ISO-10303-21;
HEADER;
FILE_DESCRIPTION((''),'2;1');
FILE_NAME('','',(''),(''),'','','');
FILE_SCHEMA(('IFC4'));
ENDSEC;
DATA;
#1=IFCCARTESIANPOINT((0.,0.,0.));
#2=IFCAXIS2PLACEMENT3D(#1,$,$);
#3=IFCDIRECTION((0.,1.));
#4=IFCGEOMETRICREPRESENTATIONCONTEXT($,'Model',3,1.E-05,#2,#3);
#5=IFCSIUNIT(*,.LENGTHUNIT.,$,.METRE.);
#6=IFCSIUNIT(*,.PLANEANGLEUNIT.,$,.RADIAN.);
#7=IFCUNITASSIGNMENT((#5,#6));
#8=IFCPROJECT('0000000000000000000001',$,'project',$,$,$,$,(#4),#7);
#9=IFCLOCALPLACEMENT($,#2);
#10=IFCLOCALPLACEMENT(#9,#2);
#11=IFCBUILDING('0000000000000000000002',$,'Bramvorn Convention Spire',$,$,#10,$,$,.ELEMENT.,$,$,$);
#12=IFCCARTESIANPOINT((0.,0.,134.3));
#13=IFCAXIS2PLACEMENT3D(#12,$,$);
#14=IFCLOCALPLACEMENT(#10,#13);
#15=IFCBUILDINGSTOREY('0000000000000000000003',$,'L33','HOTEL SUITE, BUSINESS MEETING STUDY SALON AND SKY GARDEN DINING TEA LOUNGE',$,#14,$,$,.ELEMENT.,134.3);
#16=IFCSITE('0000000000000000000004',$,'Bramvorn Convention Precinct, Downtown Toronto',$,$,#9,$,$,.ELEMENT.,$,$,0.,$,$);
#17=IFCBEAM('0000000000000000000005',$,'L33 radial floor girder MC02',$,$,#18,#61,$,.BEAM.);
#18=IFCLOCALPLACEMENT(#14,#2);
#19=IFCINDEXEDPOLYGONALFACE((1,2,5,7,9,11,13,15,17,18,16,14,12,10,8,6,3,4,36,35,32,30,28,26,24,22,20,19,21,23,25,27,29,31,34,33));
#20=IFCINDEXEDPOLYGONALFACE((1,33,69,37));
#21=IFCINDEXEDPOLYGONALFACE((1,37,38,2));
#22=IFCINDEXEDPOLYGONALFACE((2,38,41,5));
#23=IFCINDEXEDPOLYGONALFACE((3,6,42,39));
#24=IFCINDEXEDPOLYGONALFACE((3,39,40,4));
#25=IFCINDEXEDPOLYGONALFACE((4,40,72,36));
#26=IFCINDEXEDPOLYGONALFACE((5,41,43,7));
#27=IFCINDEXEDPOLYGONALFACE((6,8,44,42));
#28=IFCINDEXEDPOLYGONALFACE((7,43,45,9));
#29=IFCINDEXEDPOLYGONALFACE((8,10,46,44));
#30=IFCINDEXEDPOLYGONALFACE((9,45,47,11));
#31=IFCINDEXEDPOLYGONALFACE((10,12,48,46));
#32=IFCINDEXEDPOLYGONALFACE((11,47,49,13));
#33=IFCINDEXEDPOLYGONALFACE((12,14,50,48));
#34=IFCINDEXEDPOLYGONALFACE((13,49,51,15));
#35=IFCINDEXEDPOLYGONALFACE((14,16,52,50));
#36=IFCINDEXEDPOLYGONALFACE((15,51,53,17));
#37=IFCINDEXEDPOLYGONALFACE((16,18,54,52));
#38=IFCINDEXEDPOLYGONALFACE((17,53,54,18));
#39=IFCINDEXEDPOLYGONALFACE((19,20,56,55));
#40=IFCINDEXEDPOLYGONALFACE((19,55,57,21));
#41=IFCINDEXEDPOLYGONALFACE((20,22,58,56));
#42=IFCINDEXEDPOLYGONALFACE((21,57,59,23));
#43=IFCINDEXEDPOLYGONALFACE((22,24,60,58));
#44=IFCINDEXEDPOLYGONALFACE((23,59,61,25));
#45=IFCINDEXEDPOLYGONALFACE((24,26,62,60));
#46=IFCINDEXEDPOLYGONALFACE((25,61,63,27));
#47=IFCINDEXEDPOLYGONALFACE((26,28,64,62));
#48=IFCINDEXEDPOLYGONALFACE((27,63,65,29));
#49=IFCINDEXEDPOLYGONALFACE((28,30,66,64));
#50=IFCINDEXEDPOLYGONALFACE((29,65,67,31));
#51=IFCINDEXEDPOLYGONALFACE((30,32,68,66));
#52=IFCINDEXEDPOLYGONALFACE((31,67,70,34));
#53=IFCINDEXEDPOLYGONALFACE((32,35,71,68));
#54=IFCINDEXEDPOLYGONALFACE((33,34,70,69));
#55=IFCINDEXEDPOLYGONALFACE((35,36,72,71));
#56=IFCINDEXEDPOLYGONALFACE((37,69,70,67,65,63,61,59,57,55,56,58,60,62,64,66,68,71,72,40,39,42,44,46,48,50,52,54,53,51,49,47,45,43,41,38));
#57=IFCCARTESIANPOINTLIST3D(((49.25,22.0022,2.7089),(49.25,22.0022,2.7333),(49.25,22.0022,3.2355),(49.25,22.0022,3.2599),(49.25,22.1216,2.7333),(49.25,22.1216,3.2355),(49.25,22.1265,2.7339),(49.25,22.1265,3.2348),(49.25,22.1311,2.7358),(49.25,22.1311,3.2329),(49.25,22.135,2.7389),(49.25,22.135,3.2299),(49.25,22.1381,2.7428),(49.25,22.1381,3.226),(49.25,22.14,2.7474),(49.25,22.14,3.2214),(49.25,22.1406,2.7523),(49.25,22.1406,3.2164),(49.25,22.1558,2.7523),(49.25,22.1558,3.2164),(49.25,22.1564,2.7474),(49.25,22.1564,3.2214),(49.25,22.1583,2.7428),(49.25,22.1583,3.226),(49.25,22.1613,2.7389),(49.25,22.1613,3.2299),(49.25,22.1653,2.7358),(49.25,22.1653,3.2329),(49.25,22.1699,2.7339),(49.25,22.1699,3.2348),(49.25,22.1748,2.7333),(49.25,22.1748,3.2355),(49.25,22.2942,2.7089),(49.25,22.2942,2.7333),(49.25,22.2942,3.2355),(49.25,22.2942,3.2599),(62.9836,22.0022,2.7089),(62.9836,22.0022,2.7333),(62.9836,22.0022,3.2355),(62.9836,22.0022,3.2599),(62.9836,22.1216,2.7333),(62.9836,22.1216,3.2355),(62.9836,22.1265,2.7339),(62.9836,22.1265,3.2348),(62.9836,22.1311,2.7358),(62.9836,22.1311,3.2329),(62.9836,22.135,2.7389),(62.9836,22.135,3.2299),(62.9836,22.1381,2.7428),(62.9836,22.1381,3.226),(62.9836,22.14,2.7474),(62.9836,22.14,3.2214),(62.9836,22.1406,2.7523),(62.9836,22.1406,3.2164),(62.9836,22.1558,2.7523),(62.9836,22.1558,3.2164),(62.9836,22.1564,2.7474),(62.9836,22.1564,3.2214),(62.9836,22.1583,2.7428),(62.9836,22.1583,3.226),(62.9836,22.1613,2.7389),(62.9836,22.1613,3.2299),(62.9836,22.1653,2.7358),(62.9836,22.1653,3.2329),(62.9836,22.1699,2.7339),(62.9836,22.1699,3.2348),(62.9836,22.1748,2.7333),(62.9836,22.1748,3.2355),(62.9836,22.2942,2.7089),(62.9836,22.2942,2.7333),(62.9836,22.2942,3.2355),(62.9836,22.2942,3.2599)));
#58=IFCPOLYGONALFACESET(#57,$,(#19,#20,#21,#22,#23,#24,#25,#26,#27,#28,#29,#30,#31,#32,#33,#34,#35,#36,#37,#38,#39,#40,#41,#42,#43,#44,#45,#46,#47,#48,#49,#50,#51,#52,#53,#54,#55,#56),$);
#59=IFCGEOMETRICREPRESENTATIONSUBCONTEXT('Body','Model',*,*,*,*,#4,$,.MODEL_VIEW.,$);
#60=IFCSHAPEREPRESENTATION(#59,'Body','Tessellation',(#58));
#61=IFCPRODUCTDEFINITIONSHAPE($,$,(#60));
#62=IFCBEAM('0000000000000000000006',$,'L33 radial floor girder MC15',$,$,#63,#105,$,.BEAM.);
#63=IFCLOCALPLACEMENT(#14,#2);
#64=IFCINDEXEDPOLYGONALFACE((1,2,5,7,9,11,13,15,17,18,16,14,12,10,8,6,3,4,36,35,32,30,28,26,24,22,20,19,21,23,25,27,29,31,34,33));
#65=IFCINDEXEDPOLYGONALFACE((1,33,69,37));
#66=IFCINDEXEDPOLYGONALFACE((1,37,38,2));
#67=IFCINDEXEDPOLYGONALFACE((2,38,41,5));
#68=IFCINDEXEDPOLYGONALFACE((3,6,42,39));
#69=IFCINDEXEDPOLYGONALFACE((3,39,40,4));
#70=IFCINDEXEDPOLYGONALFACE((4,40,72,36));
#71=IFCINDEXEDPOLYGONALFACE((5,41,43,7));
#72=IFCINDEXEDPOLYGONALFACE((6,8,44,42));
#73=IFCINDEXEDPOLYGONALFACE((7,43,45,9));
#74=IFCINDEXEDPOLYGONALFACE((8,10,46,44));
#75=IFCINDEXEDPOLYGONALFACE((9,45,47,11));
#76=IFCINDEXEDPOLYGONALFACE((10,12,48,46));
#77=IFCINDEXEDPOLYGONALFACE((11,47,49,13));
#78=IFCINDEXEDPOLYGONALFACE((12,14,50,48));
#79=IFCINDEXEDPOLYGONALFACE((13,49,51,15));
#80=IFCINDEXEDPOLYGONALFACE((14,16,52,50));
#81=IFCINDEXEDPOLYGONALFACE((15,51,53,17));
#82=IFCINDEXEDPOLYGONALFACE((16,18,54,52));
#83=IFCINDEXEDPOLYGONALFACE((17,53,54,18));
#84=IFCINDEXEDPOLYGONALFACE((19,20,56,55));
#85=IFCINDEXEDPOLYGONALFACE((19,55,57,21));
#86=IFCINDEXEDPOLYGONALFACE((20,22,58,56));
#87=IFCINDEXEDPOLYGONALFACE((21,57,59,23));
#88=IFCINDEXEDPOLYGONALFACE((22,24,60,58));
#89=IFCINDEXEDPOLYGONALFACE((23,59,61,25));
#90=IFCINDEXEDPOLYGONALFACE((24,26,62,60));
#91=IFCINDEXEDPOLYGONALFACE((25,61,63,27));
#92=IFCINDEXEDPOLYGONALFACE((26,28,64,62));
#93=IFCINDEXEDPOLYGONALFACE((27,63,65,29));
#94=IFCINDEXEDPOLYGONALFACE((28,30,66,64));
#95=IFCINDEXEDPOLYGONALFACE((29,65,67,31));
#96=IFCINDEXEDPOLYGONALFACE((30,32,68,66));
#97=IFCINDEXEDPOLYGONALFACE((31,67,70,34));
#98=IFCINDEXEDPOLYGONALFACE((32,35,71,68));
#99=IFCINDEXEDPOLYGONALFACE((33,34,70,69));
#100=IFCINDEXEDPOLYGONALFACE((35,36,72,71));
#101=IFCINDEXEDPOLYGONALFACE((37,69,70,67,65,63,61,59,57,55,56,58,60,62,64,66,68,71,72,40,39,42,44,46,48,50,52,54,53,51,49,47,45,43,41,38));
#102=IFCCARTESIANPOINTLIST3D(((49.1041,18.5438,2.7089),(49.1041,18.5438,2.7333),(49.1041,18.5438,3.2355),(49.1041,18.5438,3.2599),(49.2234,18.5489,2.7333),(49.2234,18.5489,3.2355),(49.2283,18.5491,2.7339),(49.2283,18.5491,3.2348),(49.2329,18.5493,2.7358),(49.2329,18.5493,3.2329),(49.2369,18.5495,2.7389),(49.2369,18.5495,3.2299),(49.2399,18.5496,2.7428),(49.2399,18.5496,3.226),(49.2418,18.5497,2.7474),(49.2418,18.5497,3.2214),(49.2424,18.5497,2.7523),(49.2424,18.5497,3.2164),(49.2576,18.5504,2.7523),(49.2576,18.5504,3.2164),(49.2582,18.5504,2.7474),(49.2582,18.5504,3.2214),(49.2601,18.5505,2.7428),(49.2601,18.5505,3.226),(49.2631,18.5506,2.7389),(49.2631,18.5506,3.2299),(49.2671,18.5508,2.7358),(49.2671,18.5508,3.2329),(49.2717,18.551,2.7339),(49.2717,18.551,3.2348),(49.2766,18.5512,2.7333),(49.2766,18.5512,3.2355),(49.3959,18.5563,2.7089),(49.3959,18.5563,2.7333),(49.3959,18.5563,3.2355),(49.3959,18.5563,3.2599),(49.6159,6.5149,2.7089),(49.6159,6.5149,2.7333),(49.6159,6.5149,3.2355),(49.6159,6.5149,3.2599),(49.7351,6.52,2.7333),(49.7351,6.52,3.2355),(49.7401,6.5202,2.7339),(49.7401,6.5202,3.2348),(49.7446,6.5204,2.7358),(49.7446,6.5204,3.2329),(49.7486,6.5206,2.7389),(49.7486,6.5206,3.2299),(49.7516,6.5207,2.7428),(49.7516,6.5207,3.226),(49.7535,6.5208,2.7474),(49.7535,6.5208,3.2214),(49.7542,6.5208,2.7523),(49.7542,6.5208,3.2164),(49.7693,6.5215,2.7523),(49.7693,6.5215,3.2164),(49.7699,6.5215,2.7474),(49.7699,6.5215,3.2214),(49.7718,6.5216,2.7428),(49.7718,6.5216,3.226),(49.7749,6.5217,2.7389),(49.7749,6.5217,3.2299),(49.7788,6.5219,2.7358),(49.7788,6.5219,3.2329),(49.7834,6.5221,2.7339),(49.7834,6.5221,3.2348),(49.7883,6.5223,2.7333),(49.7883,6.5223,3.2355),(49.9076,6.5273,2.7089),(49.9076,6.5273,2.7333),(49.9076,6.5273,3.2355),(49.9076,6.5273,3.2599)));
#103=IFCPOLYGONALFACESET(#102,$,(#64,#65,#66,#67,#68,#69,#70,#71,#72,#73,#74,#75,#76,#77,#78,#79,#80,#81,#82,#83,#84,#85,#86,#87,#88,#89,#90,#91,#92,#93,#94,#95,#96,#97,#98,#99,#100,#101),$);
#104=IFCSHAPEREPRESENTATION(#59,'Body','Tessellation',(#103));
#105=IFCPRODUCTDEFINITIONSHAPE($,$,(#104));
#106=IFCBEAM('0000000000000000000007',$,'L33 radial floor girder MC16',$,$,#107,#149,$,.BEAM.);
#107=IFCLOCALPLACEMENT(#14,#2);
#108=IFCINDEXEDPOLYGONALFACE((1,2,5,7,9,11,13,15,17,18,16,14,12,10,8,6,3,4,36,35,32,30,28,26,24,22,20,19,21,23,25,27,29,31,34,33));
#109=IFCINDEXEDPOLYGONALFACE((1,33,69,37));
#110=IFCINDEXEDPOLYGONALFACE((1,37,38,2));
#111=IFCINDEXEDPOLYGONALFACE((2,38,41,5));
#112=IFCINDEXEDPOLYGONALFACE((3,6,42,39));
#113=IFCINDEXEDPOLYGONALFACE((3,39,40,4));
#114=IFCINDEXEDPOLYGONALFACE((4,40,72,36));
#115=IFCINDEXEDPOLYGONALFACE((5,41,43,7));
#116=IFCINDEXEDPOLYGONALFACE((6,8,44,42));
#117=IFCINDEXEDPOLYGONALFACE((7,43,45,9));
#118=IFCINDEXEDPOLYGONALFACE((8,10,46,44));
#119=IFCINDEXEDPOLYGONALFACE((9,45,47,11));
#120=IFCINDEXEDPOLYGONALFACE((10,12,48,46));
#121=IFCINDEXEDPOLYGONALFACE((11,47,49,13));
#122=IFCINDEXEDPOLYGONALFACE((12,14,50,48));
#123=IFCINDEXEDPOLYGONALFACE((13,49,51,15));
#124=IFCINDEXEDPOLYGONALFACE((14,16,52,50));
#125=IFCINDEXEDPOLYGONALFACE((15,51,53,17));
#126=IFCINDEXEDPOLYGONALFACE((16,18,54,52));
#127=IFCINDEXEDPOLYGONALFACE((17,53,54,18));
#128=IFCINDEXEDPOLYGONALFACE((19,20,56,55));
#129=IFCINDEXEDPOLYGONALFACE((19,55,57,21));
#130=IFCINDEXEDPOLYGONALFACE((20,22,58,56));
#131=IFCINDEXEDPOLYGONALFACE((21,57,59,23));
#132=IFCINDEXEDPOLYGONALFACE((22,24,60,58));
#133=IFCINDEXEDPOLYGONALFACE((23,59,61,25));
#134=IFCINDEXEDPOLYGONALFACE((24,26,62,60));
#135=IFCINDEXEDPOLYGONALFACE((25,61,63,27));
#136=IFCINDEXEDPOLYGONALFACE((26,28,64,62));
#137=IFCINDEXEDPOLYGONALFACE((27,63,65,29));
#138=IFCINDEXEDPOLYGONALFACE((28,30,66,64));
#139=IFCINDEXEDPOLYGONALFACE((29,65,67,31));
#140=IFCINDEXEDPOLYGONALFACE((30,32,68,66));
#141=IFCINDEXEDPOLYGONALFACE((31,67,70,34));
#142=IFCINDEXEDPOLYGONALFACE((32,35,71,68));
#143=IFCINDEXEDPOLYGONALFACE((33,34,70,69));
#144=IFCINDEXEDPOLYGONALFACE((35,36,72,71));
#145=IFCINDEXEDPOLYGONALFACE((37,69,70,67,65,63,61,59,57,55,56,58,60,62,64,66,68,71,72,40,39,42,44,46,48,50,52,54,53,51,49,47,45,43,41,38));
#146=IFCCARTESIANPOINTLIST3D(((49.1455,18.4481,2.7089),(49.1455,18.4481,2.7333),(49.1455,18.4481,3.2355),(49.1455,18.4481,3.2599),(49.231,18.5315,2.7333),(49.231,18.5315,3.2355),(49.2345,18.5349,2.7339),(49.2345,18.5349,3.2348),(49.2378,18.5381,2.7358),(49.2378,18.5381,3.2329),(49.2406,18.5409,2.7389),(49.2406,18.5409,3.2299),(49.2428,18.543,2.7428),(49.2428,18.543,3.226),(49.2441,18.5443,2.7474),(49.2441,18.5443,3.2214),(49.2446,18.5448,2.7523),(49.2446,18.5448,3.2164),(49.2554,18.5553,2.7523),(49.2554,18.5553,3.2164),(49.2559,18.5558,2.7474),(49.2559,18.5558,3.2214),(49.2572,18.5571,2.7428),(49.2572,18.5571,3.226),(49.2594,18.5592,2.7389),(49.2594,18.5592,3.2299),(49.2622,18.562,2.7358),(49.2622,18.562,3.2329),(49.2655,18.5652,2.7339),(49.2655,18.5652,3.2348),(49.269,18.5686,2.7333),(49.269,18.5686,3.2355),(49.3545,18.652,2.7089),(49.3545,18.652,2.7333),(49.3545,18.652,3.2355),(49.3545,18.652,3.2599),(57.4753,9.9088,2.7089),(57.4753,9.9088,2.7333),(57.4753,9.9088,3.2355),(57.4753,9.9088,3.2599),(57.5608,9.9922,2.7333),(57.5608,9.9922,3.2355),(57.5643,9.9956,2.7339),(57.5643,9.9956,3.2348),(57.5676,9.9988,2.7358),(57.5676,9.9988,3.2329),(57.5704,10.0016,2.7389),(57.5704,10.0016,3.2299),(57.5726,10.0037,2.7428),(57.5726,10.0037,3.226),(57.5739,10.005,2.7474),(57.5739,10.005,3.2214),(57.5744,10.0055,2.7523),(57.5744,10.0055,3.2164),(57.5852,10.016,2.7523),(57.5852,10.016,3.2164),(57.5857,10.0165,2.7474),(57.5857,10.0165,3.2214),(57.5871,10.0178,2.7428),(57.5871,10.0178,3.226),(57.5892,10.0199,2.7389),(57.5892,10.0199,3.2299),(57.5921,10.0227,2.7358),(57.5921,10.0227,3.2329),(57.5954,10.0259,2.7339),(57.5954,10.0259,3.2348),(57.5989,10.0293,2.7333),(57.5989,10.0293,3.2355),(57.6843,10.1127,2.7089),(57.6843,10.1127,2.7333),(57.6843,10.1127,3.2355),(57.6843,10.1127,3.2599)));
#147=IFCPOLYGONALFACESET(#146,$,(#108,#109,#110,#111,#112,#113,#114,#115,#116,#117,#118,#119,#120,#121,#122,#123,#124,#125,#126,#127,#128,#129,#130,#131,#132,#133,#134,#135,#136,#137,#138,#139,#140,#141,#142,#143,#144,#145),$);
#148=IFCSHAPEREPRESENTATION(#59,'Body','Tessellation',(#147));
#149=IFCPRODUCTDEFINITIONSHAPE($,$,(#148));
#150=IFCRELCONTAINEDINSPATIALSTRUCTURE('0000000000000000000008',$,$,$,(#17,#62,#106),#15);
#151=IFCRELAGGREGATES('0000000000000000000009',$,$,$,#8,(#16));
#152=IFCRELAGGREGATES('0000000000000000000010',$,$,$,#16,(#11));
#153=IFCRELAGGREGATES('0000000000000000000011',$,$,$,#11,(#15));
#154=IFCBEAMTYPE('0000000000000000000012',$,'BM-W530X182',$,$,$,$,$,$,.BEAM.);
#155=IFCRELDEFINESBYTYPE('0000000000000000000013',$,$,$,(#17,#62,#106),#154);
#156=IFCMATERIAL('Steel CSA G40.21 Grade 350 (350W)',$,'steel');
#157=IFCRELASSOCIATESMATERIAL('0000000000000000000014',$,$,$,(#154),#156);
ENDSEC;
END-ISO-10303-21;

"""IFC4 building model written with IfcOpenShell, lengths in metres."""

from ifc_helpers import new_model, si_unit, direction, frame, origin, origin_2d, place, context, subcontext, project, spatial, i_section, extrude, material, material_profile, profile_set, type_object, element, save


model = new_model("IFC4")

# Units and contexts
model_context = context("Model", 3, precision=1e-05, world=origin(), true_north=direction((0.0, 1.0)))
body_context = subcontext(model_context, "Body", "Model", "MODEL_VIEW")
ifc_project = project(units=[si_unit("LENGTHUNIT", "METRE"), si_unit("PLANEANGLEUNIT", "RADIAN")], contexts=[model_context])

# Site, building, storey
site_placement = place(None, origin())
site = spatial("IfcSite", under=ifc_project, at=site_placement, Name="Bramvorn Convention Precinct, Downtown Toronto", CompositionType="ELEMENT", RefElevation=0.0)
building_placement = place(site_placement, origin())
building = spatial("IfcBuilding", under=site, at=building_placement, Name="Bramvorn Convention Spire", CompositionType="ELEMENT")
storey_placement = place(building_placement, frame((0.0, 0.0, 134.3)))
storey = spatial("IfcBuildingStorey", under=building, at=storey_placement, Name="L33", Description="HOTEL SUITE, BUSINESS MEETING STUDY SALON AND SKY GARDEN DINING TEA LOUNGE", CompositionType="ELEMENT", Elevation=134.3)

# Shared definitions
ifc_material_1 = material(Name="Steel CSA G40.21 Grade 350 (350W)", Category="steel")

# Beams
ifc_material_profile_1 = material_profile(ifc_material_1, i_section(OverallWidth=0.292, OverallDepth=0.551, WebThickness=0.0151, FlangeThickness=0.0244, FilletRadius=0.019, at=origin_2d()))
ifc_profile_set_1 = profile_set([ifc_material_profile_1], Name="Steel CSA G40.21 Grade 350 (350W) - W530X182")
beam_type_1 = type_object("IfcBeamType", Name="BM-W530X182", PredefinedType="BEAM", material=ifc_profile_set_1)
beam_1_placement = place(storey_placement, frame((49.25, 22.1482, 2.9844), z_axis=(1.0, 0.0, 0.0), x_axis=(0.0, 1.0, 0.0)))
element("IfcBeam", 1, at=beam_1_placement, inside=storey, type_object=beam_type_1, Name="L33 radial floor girder MC02", PredefinedType="BEAM", context=body_context, shape_type="SweptSolid", body=[
    extrude(i_section(OverallWidth=0.292, OverallDepth=0.551, WebThickness=0.0151, FlangeThickness=0.0244, FilletRadius=0.019, at=origin_2d()), origin(), (0.0, 0.0, 1.0), 13.7336),
])
beam_2_placement = place(storey_placement, frame((49.25, 18.55, 2.9844), z_axis=(0.042503, -0.999096, 0.0), x_axis=(0.999096, 0.042503, 0.0)))
element("IfcBeam", 2, at=beam_2_placement, inside=storey, type_object=beam_type_1, Name="L33 radial floor girder MC15", PredefinedType="BEAM", context=body_context, shape_type="SweptSolid", body=[
    extrude(i_section(OverallWidth=0.292, OverallDepth=0.551, WebThickness=0.0151, FlangeThickness=0.0244, FilletRadius=0.019, at=origin_2d()), origin(), (0.0, 0.0, 1.0), 12.0398),
])
beam_3_placement = place(storey_placement, frame((49.25, 18.55, 2.9844), z_axis=(0.698272, -0.715832, 0.0), x_axis=(0.715832, 0.698272, 0.0)))
element("IfcBeam", 3, at=beam_3_placement, inside=storey, type_object=beam_type_1, Name="L33 radial floor girder MC16", PredefinedType="BEAM", context=body_context, shape_type="SweptSolid", body=[
    extrude(i_section(OverallWidth=0.292, OverallDepth=0.551, WebThickness=0.0151, FlangeThickness=0.0244, FilletRadius=0.019, at=origin_2d()), origin(), (0.0, 0.0, 1.0), 11.9292),
])

save(model, "model.ifc")
